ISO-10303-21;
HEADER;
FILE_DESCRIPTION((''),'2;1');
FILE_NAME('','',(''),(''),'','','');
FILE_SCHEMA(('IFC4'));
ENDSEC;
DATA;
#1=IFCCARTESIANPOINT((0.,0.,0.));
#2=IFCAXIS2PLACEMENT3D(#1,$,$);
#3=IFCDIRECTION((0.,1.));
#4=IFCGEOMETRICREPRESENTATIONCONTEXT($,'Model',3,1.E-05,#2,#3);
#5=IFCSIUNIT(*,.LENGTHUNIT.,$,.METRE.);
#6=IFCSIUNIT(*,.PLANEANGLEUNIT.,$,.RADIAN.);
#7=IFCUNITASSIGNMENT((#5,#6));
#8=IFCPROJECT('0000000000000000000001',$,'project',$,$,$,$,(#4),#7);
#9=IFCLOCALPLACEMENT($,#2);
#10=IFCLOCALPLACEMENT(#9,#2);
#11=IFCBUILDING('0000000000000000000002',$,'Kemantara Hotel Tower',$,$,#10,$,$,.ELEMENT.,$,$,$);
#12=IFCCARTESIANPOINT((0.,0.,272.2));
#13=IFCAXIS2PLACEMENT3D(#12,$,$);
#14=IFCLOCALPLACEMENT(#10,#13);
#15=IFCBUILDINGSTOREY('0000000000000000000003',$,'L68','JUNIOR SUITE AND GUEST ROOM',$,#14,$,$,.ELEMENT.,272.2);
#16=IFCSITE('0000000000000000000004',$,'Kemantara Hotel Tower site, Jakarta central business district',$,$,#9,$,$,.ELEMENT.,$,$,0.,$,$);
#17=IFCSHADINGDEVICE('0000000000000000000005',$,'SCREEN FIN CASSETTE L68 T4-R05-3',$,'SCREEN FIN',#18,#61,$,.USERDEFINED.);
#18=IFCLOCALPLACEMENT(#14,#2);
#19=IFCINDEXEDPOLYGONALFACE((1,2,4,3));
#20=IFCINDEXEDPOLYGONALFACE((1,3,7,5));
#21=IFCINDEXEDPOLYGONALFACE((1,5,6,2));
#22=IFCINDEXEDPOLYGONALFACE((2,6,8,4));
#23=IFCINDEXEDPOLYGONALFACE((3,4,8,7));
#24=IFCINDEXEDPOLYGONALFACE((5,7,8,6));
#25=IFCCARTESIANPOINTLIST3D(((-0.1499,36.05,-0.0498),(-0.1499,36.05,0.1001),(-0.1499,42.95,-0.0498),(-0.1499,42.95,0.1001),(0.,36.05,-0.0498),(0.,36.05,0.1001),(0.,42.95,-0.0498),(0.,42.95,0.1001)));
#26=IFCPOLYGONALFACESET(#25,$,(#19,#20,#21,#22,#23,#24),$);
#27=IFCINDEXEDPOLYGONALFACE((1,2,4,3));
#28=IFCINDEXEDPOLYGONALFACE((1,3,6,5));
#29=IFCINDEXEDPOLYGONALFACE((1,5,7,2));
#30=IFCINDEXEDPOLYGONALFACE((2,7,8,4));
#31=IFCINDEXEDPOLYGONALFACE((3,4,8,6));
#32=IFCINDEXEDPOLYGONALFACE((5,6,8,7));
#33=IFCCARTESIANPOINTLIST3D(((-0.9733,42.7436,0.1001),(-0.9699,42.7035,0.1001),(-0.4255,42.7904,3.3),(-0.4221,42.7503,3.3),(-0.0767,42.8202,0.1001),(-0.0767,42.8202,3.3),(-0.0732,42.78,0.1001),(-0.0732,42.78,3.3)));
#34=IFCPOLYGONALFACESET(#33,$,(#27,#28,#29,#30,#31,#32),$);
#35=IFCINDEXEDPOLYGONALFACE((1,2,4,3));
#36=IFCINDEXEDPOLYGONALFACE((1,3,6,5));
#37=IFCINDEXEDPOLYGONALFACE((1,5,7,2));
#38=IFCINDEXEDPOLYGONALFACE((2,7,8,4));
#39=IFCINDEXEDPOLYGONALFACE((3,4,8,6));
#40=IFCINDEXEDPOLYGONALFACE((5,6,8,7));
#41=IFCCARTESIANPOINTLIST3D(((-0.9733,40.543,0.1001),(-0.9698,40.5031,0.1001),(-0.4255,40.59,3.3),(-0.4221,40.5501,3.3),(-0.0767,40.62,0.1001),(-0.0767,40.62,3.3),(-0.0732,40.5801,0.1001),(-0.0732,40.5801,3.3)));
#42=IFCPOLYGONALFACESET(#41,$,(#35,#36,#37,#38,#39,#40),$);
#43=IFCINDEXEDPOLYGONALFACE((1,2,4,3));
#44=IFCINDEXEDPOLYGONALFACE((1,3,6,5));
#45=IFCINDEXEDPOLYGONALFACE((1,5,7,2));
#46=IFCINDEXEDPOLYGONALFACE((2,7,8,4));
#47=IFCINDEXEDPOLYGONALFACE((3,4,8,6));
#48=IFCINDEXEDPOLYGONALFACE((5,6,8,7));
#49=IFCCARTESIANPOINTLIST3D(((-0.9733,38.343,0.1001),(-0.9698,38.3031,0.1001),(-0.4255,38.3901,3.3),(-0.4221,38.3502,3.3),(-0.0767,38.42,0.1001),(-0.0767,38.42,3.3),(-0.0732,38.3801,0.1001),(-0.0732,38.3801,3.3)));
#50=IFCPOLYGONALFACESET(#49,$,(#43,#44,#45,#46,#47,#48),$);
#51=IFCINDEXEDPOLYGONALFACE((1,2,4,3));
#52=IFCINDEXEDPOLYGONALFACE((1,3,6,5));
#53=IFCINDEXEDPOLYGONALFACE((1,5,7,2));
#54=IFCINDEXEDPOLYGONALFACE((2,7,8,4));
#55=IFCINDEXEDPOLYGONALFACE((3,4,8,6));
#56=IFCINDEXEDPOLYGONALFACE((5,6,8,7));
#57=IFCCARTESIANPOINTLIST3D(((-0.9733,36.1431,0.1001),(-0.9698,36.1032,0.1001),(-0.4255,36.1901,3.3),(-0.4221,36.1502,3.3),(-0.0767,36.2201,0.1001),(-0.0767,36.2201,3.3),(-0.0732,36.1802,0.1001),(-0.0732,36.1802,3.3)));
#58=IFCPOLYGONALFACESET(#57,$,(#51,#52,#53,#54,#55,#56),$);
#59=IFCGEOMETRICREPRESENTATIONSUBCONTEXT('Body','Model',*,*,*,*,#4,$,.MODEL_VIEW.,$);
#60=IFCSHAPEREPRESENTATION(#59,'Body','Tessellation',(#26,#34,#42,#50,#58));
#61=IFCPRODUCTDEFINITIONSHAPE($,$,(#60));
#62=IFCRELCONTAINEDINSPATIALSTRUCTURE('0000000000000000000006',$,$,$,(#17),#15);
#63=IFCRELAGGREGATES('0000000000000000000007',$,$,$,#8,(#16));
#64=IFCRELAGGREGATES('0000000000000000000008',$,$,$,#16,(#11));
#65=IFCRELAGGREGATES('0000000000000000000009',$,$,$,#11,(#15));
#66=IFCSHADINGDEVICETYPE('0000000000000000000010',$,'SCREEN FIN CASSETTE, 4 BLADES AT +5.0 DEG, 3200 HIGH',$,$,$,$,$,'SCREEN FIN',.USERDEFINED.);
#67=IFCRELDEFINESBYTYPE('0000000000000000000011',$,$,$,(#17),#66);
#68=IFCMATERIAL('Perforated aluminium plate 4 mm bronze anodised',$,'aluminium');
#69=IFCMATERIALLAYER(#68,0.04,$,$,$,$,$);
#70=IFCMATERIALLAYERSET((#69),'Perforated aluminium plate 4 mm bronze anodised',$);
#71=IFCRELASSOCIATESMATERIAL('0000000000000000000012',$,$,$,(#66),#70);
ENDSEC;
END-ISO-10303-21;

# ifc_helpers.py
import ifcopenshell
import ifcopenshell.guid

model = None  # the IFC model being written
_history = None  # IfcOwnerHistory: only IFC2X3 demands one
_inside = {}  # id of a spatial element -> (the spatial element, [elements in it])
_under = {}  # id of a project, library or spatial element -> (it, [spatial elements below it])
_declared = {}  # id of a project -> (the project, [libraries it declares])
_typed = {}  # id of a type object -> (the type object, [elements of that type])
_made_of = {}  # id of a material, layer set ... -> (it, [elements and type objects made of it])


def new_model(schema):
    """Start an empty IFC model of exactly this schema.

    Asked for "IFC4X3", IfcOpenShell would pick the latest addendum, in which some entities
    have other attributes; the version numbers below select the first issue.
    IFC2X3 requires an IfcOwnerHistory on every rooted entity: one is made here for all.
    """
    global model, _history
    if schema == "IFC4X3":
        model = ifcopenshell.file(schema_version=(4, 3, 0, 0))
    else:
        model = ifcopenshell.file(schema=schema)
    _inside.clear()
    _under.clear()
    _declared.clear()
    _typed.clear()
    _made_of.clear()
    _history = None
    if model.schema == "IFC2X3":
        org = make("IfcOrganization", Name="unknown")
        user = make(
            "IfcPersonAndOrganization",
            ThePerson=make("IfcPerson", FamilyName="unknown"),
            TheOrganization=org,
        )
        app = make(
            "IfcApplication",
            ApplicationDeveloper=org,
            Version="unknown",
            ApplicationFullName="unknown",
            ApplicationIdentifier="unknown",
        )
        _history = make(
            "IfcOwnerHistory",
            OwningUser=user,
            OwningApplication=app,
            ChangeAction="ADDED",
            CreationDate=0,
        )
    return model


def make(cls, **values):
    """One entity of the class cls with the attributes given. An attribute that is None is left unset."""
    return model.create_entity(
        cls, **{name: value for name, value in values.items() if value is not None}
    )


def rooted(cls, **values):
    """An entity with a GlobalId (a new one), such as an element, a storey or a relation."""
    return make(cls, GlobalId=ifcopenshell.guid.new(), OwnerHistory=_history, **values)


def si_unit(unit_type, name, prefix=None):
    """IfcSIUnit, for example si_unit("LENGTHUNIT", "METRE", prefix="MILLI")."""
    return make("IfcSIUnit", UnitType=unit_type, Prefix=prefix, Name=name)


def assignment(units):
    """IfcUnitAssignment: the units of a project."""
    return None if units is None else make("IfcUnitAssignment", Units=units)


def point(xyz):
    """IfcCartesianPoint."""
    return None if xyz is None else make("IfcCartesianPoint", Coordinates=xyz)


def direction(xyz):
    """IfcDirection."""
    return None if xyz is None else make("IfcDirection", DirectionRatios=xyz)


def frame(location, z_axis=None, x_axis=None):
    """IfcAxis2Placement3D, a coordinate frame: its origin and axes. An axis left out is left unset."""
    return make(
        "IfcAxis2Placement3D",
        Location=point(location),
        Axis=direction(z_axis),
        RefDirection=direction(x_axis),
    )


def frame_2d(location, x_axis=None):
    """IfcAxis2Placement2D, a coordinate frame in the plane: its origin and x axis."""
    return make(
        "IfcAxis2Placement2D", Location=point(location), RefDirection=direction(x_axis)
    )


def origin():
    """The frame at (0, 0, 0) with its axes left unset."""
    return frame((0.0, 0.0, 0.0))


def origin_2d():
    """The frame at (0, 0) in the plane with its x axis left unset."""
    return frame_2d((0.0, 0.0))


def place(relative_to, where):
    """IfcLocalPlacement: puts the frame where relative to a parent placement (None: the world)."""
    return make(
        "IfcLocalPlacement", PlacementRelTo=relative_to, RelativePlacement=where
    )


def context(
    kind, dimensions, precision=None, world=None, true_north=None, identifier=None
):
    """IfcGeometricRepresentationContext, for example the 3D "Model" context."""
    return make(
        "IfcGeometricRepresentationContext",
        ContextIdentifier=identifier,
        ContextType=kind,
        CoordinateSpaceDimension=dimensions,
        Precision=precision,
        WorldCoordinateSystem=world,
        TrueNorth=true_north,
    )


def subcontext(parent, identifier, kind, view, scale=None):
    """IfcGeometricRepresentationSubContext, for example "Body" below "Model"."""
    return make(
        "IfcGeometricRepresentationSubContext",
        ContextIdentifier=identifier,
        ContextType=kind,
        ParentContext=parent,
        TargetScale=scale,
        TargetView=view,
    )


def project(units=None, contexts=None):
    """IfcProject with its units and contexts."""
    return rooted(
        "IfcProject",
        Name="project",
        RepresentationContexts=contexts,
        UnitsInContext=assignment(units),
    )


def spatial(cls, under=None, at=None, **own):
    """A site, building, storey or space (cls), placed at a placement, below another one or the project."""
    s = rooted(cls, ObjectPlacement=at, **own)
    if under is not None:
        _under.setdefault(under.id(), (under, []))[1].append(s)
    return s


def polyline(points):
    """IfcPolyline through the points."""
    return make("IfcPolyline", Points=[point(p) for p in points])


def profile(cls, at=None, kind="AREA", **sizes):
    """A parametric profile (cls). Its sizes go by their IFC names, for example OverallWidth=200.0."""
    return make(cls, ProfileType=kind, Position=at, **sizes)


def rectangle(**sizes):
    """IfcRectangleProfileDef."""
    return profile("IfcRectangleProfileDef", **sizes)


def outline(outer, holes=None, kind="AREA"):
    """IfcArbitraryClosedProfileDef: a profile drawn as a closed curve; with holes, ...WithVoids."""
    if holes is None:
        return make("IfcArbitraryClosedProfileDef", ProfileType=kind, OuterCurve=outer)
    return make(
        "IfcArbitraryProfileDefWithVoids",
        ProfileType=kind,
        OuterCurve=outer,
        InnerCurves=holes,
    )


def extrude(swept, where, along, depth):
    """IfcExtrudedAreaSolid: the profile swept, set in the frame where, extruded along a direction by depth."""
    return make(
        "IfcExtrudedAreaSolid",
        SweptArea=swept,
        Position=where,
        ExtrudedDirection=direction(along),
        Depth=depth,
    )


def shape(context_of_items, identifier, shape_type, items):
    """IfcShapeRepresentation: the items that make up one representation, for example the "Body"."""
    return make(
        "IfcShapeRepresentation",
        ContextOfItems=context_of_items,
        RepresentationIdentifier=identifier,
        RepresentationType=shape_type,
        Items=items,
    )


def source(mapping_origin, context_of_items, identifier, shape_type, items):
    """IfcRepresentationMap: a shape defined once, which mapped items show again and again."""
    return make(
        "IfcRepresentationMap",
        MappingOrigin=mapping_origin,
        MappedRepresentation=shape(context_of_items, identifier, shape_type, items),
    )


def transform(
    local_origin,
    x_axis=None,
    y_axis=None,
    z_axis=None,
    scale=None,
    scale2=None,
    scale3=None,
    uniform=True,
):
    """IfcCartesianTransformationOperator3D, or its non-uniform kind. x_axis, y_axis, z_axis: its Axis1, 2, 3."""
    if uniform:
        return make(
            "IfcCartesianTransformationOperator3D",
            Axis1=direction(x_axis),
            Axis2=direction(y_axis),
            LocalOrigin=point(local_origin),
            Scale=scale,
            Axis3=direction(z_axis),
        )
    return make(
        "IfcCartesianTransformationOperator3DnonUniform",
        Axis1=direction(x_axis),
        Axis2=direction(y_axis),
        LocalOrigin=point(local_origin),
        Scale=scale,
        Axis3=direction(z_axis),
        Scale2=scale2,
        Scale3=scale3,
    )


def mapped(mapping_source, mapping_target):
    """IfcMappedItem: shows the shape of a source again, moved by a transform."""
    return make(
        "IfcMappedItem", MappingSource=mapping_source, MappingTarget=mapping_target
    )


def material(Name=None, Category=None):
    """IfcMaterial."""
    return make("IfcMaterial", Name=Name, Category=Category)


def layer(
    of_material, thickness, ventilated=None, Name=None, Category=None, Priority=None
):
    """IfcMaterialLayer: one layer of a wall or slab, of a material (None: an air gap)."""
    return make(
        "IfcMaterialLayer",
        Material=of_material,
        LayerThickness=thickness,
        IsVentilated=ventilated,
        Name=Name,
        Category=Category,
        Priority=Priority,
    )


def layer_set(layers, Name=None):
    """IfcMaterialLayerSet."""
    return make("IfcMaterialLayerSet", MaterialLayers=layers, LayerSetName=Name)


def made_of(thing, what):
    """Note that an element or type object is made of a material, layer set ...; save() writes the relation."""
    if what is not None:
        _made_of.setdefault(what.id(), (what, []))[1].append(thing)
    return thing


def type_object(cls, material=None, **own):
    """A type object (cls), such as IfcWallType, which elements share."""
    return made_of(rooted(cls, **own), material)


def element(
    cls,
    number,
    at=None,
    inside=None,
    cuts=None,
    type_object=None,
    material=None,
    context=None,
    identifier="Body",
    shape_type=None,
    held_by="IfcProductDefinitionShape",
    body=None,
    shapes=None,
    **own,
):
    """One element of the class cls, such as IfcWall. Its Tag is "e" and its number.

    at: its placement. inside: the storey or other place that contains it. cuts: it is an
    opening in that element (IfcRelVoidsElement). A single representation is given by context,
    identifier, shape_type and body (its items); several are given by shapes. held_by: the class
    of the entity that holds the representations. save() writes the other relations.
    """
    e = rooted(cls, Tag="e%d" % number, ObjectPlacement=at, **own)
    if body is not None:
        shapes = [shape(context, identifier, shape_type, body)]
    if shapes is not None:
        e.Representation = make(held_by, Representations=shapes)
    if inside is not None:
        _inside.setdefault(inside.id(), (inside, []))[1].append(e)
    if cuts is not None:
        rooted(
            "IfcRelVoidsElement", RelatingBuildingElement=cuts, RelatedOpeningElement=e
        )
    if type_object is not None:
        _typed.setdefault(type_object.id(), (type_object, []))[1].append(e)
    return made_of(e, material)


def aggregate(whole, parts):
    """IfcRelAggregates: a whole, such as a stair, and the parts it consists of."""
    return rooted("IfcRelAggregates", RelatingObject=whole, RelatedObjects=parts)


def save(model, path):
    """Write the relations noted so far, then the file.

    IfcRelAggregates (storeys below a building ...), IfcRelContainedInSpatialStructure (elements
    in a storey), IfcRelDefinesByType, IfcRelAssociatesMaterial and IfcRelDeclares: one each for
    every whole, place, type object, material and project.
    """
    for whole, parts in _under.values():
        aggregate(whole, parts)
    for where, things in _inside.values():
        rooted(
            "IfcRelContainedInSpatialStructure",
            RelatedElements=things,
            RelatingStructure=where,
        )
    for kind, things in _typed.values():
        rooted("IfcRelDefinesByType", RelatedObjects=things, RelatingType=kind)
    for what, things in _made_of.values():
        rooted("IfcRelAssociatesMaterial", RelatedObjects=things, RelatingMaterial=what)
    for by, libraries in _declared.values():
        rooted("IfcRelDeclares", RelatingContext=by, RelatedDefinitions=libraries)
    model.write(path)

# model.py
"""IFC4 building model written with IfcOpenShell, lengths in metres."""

from ifc_helpers import new_model, si_unit, direction, frame, origin, origin_2d, place, context, subcontext, project, spatial, polyline, rectangle, outline, extrude, source, transform, mapped, material, layer, layer_set, type_object, element, save


model = new_model("IFC4")

# Units and contexts
model_context = context("Model", 3, precision=1e-05, world=origin(), true_north=direction((0.0, 1.0)))
body_context = subcontext(model_context, "Body", "Model", "MODEL_VIEW")
ifc_project = project(units=[si_unit("LENGTHUNIT", "METRE"), si_unit("PLANEANGLEUNIT", "RADIAN")], contexts=[model_context])

# Site, building, storey
site_placement = place(None, origin())
site = spatial("IfcSite", under=ifc_project, at=site_placement, Name="Kemantara Hotel Tower site, Jakarta central business district", CompositionType="ELEMENT", RefElevation=0.0)
building_placement = place(site_placement, origin())
building = spatial("IfcBuilding", under=site, at=building_placement, Name="Kemantara Hotel Tower", CompositionType="ELEMENT")
storey_placement = place(building_placement, frame((0.0, 0.0, 272.2)))
storey = spatial("IfcBuildingStorey", under=building, at=storey_placement, Name="L68", Description="JUNIOR SUITE AND GUEST ROOM", CompositionType="ELEMENT", Elevation=272.2)

# Shading device
ifc_material_1 = material(Name="Perforated aluminium plate 4 mm bronze anodised", Category="aluminium")
ifc_layer_1 = layer(ifc_material_1, 0.04)
ifc_layer_set_1 = layer_set([ifc_layer_1], Name="Perforated aluminium plate 4 mm bronze anodised")
shading_device_type = type_object("IfcShadingDeviceType", Name="SCREEN FIN CASSETTE, 4 BLADES AT +5.0 DEG, 3200 HIGH", ElementType="SCREEN FIN", PredefinedType="USERDEFINED", material=ifc_layer_set_1)
shared_shape = source(origin(), body_context, "Body", "SweptSolid", [
    extrude(rectangle(XDim=6.8999, YDim=0.1499, at=origin_2d()), frame((3.3, -0.075, -0.1499), z_axis=(0.0, 0.0, 1.0), x_axis=(1.0, 0.0, 0.0)), (0.0, 0.0, 1.0), 0.1499),
    extrude(outline(polyline([(0.0, 0.0), (0.8999, 0.0), (0.3501, 3.2), (0.0, 3.2), (0.0, 0.0)])), frame((0.02, -0.0732, 0.0), z_axis=(-0.996376, -0.085056, 0.0), x_axis=(0.085056, -0.996376, 0.0)), (0.0, 0.0, 1.0), 0.0403),
    extrude(outline(polyline([(0.0, 0.0), (0.8999, 0.0), (0.3501, 3.2), (0.0, 3.2), (0.0, 0.0)])), frame((2.22, -0.0732, 0.0), z_axis=(-0.996332, -0.085575, 0.0), x_axis=(0.085575, -0.996332, 0.0)), (0.0, 0.0, 1.0), 0.04),
    extrude(outline(polyline([(0.0, 0.0), (0.8999, 0.0), (0.3501, 3.2), (0.0, 3.2), (0.0, 0.0)])), frame((4.4199, -0.0732, 0.0), z_axis=(-0.996332, -0.085575, 0.0), x_axis=(0.085575, -0.996332, 0.0)), (0.0, 0.0, 1.0), 0.04),
    extrude(outline(polyline([(0.0, 0.0), (0.8999, 0.0), (0.3501, 3.2), (0.0, 3.2), (0.0, 0.0)])), frame((6.6199, -0.0732, 0.0), z_axis=(-0.996332, -0.085575, 0.0), x_axis=(0.085575, -0.996332, 0.0)), (0.0, 0.0, 1.0), 0.04),
])
shading_device_placement = place(storey_placement, frame((0.0, 42.8, 0.1001), z_axis=(0.0, 0.0, 1.0), x_axis=(0.0, -1.0, 0.0)))
element("IfcShadingDevice", 1, at=shading_device_placement, inside=storey, type_object=shading_device_type, Name="SCREEN FIN CASSETTE L68 T4-R05-3", ObjectType="SCREEN FIN", PredefinedType="USERDEFINED", context=body_context, shape_type="MappedRepresentation", body=[
    mapped(shared_shape, transform((0.0, 0.0, 0.0))),
])

save(model, "model.ifc")
